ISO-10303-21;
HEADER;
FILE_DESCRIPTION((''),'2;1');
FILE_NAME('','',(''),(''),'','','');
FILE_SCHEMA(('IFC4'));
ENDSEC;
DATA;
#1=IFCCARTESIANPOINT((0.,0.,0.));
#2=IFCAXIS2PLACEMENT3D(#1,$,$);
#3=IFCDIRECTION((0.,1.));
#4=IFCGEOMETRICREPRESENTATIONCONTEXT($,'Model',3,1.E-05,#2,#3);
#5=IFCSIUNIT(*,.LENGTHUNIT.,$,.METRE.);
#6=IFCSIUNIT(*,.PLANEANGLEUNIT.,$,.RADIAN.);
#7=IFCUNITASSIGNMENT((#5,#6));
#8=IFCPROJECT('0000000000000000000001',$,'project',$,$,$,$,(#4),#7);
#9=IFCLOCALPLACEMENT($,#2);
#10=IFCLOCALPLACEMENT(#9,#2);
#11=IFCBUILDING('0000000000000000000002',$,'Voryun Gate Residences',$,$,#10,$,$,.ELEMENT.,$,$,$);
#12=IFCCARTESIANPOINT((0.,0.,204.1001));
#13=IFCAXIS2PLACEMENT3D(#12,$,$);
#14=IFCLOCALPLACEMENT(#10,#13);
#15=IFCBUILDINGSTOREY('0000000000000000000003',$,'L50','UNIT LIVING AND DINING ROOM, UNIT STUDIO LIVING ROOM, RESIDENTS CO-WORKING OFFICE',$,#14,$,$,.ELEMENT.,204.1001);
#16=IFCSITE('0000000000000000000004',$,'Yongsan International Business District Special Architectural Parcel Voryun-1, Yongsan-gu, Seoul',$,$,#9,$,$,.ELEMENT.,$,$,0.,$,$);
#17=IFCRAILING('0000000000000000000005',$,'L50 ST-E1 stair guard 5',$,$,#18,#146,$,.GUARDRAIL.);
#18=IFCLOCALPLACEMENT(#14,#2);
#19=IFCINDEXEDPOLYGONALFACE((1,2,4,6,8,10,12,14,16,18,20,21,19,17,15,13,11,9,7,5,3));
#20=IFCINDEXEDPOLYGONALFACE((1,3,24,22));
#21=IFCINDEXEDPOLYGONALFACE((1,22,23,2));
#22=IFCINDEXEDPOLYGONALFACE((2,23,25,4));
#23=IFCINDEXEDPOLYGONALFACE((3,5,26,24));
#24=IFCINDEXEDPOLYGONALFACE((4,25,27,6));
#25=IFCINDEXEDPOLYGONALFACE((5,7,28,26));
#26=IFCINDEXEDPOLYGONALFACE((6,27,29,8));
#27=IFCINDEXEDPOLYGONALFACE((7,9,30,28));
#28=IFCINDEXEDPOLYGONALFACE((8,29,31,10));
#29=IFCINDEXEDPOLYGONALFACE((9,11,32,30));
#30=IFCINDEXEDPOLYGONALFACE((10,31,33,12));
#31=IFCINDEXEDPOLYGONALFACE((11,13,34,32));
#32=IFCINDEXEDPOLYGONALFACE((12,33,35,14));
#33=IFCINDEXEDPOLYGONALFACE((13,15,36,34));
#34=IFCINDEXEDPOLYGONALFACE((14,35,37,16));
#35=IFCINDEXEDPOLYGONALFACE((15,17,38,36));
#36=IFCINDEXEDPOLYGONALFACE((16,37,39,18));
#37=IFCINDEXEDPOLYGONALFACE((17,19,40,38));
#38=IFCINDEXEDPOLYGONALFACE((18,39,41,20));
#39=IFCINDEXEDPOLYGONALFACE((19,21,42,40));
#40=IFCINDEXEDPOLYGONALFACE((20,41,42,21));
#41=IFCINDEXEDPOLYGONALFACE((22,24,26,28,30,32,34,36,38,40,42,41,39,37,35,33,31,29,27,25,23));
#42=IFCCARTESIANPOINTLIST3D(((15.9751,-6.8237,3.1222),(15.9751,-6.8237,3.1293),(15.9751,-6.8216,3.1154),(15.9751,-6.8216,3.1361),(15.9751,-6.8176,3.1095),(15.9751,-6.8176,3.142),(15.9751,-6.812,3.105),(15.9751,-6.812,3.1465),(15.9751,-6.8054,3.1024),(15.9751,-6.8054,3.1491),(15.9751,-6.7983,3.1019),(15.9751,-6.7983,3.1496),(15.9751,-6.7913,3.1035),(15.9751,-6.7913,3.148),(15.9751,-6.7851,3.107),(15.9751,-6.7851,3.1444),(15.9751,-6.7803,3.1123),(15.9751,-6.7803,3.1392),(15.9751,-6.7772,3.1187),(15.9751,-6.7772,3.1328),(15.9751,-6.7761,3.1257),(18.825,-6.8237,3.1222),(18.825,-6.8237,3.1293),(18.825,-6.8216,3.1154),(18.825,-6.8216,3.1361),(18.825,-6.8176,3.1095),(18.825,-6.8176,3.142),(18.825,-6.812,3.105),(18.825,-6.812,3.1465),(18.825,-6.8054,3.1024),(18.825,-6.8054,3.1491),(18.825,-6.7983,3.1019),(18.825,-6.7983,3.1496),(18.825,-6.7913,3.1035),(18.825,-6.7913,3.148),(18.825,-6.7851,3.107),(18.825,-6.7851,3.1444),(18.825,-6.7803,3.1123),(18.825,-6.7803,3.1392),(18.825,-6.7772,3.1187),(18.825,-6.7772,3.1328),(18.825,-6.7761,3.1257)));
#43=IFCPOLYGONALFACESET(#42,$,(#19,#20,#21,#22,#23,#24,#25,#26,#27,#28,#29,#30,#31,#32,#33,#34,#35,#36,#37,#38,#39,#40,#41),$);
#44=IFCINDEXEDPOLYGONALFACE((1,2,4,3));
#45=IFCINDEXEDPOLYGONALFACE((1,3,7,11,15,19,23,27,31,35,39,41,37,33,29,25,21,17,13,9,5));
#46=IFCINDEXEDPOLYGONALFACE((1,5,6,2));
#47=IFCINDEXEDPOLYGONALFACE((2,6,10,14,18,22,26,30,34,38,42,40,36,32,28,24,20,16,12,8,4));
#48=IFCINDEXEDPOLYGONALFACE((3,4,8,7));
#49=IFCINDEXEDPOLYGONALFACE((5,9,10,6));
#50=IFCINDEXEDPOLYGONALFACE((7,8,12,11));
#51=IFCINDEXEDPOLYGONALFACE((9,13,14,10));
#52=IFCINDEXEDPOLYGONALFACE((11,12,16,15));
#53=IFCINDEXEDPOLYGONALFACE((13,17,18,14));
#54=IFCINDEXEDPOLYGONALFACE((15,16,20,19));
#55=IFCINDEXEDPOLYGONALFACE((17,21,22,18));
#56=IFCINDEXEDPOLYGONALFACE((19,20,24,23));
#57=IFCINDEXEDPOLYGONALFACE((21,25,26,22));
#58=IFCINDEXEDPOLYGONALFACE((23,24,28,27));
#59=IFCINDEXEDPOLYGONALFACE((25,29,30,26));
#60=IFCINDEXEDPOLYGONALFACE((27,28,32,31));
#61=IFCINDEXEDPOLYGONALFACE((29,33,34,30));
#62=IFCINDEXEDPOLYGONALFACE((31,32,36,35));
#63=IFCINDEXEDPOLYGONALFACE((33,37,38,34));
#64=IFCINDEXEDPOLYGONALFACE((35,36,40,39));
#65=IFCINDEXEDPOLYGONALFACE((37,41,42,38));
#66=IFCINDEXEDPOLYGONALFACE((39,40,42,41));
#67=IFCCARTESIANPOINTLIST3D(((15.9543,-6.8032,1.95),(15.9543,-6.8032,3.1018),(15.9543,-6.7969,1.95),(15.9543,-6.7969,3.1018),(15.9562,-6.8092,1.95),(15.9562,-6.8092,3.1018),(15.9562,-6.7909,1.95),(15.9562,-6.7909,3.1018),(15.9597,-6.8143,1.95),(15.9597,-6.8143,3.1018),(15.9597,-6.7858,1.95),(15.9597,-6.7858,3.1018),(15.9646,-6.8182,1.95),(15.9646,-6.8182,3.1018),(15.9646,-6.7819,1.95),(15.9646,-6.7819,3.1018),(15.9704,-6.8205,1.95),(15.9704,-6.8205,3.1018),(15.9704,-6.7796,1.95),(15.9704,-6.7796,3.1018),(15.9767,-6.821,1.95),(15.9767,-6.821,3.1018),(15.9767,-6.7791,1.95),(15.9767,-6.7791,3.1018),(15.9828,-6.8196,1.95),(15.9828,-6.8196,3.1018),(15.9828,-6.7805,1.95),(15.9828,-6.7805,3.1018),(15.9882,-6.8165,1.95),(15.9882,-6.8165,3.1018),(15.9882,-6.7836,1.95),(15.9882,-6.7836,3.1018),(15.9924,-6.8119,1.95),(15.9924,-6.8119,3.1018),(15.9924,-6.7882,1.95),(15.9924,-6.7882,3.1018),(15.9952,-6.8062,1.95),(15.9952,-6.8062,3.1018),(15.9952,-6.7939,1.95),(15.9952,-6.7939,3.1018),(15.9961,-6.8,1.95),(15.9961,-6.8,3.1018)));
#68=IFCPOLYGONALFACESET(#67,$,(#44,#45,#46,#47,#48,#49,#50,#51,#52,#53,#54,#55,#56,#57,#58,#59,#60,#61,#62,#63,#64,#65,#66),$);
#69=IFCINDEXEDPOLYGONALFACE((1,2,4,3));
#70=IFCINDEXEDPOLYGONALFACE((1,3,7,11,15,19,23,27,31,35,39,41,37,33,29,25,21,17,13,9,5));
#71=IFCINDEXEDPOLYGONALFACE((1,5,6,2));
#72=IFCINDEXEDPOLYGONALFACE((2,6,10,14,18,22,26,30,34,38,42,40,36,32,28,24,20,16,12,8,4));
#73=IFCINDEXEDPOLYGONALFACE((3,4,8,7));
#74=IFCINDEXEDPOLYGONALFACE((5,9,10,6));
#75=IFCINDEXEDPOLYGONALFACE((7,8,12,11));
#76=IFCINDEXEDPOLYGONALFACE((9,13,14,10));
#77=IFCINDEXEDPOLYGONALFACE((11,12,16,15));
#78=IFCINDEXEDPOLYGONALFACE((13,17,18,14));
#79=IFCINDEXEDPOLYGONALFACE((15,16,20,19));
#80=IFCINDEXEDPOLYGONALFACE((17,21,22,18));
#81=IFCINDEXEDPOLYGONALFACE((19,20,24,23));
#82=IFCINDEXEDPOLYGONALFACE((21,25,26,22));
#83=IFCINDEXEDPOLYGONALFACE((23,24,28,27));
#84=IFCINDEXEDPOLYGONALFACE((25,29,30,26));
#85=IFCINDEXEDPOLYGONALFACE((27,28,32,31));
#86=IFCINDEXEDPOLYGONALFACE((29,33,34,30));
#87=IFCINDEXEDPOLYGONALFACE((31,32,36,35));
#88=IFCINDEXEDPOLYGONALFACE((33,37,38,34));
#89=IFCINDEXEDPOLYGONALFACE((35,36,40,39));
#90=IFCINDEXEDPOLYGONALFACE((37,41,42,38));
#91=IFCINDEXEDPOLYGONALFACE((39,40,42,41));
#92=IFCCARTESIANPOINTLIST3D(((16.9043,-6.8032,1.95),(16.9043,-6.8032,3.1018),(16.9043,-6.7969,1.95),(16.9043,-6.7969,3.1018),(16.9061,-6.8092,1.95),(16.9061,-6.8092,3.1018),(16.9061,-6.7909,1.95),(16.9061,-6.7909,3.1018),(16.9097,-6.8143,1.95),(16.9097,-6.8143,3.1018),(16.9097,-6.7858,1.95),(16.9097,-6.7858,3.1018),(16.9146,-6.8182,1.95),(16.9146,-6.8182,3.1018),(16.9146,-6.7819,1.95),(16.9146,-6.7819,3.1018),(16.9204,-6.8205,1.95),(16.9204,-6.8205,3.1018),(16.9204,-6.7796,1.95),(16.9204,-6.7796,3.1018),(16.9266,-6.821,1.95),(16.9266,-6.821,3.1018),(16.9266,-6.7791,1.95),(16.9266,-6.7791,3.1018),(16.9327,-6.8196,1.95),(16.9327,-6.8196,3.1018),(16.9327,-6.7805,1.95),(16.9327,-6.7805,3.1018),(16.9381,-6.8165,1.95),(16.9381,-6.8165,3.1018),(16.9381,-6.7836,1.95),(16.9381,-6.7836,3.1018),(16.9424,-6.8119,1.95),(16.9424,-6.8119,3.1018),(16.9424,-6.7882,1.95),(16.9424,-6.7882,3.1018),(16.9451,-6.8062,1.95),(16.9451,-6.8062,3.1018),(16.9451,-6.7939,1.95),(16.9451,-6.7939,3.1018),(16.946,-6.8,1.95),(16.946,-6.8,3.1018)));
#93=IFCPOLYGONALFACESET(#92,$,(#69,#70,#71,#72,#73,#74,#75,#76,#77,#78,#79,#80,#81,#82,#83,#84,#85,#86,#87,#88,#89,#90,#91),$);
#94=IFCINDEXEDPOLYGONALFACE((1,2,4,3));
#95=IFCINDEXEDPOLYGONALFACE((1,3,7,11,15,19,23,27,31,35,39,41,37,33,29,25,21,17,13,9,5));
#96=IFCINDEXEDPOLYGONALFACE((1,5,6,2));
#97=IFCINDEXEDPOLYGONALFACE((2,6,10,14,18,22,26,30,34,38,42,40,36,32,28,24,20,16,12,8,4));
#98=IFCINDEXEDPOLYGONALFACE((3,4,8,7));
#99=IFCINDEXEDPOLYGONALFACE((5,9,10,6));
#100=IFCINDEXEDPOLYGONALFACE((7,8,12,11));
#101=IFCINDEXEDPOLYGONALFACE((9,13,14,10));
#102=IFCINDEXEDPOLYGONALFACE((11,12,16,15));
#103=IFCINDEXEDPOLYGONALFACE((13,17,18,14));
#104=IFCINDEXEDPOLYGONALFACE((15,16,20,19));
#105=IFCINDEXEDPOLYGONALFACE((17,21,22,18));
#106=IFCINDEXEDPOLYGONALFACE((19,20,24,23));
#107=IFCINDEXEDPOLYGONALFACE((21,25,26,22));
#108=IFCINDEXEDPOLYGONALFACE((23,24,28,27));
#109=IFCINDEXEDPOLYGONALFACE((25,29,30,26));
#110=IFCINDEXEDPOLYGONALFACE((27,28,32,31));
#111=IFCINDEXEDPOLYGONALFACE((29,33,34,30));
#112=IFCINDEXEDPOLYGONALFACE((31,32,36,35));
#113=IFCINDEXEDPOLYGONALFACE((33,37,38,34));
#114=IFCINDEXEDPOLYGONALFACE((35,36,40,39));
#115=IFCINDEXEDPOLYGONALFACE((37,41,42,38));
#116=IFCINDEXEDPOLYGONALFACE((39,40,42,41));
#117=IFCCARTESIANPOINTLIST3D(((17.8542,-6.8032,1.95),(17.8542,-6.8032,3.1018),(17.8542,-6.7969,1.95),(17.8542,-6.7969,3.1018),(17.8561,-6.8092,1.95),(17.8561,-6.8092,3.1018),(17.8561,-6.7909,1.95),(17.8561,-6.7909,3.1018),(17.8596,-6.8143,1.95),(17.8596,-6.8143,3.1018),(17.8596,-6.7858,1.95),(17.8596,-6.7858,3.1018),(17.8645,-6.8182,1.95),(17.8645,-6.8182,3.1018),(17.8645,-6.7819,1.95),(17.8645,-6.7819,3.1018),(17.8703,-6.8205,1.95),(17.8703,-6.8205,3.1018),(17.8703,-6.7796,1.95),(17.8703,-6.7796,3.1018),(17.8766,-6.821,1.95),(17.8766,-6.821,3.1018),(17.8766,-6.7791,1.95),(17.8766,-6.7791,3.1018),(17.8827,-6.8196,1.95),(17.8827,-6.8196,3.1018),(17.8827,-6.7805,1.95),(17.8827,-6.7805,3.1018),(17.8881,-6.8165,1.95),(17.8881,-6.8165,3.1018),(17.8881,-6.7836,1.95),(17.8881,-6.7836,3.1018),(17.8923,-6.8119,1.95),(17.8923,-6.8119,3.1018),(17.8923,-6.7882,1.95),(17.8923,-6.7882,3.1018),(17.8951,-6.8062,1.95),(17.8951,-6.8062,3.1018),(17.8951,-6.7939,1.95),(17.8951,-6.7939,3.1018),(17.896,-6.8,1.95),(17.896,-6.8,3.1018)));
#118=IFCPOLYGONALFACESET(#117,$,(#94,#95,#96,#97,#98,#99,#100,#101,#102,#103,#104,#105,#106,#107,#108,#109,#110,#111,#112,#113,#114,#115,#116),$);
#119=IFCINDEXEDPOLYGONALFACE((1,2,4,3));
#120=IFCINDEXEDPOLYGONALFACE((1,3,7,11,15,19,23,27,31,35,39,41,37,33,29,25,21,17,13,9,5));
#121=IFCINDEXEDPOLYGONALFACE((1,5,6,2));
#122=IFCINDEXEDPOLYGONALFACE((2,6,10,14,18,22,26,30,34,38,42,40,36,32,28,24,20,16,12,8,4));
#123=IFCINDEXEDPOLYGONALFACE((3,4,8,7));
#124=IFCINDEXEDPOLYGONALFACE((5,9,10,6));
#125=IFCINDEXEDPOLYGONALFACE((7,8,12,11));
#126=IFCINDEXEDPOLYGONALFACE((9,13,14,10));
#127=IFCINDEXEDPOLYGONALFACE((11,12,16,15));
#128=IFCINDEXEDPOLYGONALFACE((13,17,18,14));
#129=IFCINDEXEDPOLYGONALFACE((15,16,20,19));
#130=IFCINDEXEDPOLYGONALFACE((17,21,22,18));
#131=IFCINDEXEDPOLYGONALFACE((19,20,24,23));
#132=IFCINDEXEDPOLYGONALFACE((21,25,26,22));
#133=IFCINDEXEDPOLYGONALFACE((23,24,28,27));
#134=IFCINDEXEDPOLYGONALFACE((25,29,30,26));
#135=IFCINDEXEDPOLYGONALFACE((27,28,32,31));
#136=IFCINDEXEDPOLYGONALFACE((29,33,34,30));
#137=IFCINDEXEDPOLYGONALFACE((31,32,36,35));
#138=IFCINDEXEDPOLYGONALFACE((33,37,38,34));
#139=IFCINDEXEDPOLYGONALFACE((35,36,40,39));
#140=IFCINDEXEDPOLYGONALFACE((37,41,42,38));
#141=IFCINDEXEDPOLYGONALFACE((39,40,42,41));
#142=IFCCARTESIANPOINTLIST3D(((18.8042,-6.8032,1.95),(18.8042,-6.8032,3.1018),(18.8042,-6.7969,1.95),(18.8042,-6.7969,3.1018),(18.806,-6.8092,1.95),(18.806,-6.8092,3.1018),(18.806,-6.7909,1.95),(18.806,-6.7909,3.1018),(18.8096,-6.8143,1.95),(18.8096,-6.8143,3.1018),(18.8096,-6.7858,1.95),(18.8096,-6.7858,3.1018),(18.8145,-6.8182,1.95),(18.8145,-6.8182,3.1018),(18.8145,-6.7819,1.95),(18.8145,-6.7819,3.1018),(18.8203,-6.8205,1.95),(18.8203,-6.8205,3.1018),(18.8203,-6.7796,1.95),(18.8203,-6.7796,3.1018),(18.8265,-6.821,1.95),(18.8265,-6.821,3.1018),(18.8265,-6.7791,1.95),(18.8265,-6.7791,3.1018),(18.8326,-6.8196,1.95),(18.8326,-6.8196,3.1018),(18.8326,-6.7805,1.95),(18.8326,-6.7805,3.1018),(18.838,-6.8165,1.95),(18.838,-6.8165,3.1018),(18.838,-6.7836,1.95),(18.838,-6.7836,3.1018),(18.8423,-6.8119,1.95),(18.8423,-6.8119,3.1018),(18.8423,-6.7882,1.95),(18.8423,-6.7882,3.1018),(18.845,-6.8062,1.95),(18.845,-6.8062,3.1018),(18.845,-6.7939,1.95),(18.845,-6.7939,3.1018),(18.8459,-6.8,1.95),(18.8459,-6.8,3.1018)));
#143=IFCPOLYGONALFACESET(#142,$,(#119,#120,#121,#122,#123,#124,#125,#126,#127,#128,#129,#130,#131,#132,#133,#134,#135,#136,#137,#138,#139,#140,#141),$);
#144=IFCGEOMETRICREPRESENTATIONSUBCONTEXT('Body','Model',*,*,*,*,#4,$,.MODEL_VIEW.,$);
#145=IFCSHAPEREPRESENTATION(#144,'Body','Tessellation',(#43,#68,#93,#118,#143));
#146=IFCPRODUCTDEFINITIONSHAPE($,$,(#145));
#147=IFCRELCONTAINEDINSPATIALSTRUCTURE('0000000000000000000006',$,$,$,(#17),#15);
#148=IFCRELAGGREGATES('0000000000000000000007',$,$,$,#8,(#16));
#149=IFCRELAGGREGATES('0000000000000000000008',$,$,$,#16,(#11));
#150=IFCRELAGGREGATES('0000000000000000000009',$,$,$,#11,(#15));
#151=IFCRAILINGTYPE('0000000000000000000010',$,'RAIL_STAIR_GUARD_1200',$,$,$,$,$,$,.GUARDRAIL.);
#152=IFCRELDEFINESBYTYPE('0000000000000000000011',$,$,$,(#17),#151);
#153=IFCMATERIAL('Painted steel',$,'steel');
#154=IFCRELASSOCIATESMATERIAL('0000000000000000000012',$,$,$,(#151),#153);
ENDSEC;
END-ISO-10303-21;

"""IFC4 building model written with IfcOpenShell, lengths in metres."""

from ifc_helpers import new_model, si_unit, direction, frame, origin, origin_2d, place, context, subcontext, project, spatial, circle, extrude, material, type_object, element, save


model = new_model("IFC4")

# Units and contexts
model_context = context("Model", 3, precision=1e-05, world=origin(), true_north=direction((0.0, 1.0)))
body_context = subcontext(model_context, "Body", "Model", "MODEL_VIEW")
ifc_project = project(units=[si_unit("LENGTHUNIT", "METRE"), si_unit("PLANEANGLEUNIT", "RADIAN")], contexts=[model_context])

# Site, building, storey
site_placement = place(None, origin())
site = spatial("IfcSite", under=ifc_project, at=site_placement, Name="Yongsan International Business District Special Architectural Parcel Voryun-1, Yongsan-gu, Seoul", CompositionType="ELEMENT", RefElevation=0.0)
building_placement = place(site_placement, origin())
building = spatial("IfcBuilding", under=site, at=building_placement, Name="Voryun Gate Residences", CompositionType="ELEMENT")
storey_placement = place(building_placement, frame((0.0, 0.0, 204.1001)))
storey = spatial("IfcBuildingStorey", under=building, at=storey_placement, Name="L50", Description="UNIT LIVING AND DINING ROOM, UNIT STUDIO LIVING ROOM, RESIDENTS CO-WORKING OFFICE", CompositionType="ELEMENT", Elevation=204.1001)

# Railing
ifc_material_1 = material(Name="Painted steel", Category="steel")
railing_type_1 = type_object("IfcRailingType", Name="RAIL_STAIR_GUARD_1200", PredefinedType="GUARDRAIL", material=ifc_material_1)
railing_1_placement = place(storey_placement, frame((15.9751, -6.8, 1.95)))
element("IfcRailing", 1, at=railing_1_placement, inside=storey, type_object=railing_type_1, Name="L50 ST-E1 stair guard 5", PredefinedType="GUARDRAIL", context=body_context, shape_type="SweptSolid", body=[
    extrude(circle(Radius=0.0239, at=origin_2d()), frame((0.0, 0.0, 1.1758), z_axis=(1.0, 0.0, 0.0), x_axis=(0.0, 1.0, 0.0)), (0.0, 0.0, 1.0), 2.8499),
    extrude(circle(Radius=0.021, at=origin_2d()), origin(), (0.0, 0.0, 1.0), 1.1519),
    extrude(circle(Radius=0.021, at=origin_2d()), frame((0.95, 0.0, 0.0)), (0.0, 0.0, 1.0), 1.1519),
    extrude(circle(Radius=0.021, at=origin_2d()), frame((1.8999, 0.0, 0.0)), (0.0, 0.0, 1.0), 1.1519),
    extrude(circle(Radius=0.021, at=origin_2d()), frame((2.8499, 0.0, 0.0)), (0.0, 0.0, 1.0), 1.1519),
])

save(model, "model.ifc")
